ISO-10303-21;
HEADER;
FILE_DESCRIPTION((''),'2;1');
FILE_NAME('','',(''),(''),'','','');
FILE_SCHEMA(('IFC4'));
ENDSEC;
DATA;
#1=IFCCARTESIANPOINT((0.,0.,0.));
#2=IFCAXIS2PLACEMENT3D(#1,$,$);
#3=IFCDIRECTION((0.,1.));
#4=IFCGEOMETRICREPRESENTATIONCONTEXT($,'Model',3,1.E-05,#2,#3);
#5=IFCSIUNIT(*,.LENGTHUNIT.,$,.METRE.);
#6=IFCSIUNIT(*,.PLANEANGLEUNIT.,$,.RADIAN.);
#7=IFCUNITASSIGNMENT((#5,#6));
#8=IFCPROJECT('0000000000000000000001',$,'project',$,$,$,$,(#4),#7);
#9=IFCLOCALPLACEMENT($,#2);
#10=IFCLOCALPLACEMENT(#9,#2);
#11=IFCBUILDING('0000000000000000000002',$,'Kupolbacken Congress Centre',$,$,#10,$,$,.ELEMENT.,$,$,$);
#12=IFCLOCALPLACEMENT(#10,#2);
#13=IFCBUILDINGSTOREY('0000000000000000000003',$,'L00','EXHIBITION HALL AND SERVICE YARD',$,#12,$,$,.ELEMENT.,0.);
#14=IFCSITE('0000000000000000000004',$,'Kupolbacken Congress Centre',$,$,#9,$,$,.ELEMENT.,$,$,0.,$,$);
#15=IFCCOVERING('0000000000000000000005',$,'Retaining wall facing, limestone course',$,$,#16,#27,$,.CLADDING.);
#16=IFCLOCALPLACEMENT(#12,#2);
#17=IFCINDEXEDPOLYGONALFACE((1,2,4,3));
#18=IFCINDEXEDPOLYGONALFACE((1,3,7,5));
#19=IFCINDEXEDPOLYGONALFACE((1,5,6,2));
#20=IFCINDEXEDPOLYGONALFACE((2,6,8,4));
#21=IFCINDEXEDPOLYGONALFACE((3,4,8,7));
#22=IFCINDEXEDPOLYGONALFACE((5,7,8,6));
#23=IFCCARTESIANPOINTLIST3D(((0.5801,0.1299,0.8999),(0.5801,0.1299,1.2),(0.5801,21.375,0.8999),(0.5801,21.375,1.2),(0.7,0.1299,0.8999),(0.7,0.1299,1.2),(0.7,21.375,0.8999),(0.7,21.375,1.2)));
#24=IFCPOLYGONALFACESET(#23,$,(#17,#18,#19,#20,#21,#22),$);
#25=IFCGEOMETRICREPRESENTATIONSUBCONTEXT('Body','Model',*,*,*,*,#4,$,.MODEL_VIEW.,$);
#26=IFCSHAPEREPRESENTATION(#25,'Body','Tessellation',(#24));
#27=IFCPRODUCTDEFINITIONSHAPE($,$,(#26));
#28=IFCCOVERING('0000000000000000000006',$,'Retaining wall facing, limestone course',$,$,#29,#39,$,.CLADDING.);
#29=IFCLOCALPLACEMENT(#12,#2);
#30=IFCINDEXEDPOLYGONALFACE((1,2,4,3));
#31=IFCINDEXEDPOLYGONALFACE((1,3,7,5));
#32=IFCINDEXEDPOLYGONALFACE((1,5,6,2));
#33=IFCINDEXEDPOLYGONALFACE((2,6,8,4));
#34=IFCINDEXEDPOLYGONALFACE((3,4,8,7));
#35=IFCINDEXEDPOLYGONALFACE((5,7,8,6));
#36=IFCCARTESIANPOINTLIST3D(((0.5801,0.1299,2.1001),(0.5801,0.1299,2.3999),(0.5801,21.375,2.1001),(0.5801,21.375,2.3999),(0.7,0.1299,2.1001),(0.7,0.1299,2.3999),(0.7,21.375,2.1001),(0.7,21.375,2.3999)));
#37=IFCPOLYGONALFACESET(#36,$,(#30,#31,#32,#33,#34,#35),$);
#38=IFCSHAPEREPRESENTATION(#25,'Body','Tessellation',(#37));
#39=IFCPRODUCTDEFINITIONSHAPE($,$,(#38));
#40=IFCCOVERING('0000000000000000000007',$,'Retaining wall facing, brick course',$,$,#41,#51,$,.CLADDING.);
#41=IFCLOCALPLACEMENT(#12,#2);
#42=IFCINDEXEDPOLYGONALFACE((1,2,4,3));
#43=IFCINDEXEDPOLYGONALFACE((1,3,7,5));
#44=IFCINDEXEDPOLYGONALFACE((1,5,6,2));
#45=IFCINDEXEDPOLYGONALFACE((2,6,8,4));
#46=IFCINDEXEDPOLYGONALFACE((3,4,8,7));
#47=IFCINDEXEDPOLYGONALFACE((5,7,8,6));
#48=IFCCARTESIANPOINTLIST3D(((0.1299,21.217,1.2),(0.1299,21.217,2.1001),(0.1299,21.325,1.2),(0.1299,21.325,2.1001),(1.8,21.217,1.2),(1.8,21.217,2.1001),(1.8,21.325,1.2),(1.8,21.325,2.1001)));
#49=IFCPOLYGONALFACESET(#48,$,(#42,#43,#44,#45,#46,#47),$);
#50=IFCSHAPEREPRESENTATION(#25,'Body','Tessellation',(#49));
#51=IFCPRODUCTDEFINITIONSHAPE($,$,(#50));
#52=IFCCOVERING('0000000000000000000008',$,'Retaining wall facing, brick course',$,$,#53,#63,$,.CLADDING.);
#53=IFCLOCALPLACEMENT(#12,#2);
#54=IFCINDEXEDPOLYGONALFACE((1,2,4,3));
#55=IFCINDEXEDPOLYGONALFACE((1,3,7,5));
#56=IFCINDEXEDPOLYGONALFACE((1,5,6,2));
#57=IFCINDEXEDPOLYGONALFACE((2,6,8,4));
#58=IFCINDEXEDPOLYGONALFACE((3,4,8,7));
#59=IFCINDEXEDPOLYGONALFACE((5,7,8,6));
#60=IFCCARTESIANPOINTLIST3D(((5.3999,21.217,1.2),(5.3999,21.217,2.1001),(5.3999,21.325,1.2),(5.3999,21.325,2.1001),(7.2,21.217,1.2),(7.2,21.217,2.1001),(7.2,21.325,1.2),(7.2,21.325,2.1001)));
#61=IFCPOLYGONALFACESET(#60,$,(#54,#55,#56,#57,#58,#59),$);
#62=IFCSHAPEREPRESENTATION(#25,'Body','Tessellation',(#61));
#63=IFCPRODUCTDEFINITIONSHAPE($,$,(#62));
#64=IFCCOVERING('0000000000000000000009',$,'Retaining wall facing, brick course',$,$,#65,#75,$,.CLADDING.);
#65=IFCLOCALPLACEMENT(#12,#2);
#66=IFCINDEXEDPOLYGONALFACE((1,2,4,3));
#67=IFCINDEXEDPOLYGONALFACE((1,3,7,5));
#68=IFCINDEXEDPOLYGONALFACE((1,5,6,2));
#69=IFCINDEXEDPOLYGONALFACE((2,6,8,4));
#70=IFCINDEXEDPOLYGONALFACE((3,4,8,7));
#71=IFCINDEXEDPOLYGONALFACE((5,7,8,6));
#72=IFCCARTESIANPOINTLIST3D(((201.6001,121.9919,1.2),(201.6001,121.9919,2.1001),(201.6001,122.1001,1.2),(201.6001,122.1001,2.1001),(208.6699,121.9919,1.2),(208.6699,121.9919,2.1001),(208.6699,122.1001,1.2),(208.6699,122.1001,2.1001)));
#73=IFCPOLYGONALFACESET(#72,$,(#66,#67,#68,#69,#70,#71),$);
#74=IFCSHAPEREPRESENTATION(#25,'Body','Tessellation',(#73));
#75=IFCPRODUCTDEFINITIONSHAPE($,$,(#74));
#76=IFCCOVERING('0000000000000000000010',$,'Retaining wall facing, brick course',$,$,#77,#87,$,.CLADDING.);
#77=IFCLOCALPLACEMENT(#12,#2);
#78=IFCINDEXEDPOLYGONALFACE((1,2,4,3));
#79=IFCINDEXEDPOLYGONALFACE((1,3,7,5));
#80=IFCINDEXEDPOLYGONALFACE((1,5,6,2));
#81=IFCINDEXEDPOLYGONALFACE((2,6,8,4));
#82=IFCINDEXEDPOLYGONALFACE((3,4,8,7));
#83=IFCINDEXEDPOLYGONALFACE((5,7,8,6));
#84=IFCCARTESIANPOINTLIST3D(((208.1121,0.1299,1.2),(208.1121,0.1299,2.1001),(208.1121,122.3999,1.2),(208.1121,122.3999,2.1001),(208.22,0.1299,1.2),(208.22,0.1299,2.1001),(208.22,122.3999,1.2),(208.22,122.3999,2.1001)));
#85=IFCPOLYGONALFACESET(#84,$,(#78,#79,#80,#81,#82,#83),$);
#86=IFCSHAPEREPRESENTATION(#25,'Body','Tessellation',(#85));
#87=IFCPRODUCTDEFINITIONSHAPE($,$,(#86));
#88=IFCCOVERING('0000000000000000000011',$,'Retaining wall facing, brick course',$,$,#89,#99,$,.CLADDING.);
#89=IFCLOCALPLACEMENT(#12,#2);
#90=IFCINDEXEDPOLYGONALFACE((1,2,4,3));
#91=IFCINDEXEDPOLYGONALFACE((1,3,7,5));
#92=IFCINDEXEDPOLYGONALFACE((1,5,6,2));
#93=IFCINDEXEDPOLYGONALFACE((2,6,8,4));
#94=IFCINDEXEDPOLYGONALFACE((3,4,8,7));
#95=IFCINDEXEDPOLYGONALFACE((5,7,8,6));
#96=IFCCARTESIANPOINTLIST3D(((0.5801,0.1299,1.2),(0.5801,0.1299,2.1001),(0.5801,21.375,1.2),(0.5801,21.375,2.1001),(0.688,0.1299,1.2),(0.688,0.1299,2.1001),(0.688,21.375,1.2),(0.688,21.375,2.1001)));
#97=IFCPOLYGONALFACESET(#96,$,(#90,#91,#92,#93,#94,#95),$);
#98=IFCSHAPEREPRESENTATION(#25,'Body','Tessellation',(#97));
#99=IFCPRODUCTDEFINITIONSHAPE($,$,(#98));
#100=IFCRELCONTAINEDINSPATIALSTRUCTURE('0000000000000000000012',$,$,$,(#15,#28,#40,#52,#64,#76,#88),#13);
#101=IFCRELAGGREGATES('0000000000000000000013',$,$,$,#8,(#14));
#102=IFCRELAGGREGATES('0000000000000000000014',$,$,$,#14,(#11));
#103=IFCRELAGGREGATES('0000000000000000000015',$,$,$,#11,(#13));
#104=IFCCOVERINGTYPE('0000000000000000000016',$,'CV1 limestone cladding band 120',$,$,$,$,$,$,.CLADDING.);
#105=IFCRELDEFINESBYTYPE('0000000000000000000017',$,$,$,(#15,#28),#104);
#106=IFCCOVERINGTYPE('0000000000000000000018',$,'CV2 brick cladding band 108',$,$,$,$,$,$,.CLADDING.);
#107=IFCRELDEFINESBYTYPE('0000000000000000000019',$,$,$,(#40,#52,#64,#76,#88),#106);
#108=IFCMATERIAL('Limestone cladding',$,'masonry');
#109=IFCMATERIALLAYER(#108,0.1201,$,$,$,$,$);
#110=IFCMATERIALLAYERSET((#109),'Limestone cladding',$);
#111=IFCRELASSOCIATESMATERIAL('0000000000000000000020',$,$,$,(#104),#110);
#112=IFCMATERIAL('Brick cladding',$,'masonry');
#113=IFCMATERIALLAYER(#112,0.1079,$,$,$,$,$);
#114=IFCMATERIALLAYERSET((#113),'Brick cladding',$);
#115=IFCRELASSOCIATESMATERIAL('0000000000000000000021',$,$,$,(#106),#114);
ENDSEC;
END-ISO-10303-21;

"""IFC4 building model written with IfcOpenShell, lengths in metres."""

from ifc_helpers import new_model, si_unit, direction, frame, origin, place, context, subcontext, project, spatial, polyline, outline, extrude, material, layer, layer_set, type_object, element, save


model = new_model("IFC4")

# Units and contexts
model_context = context("Model", 3, precision=1e-05, world=origin(), true_north=direction((0.0, 1.0)))
body_context = subcontext(model_context, "Body", "Model", "MODEL_VIEW")
ifc_project = project(units=[si_unit("LENGTHUNIT", "METRE"), si_unit("PLANEANGLEUNIT", "RADIAN")], contexts=[model_context])

# Site, building, storey
site_placement = place(None, origin())
site = spatial("IfcSite", under=ifc_project, at=site_placement, Name="Kupolbacken Congress Centre", CompositionType="ELEMENT", RefElevation=0.0)
building_placement = place(site_placement, origin())
building = spatial("IfcBuilding", under=site, at=building_placement, Name="Kupolbacken Congress Centre", CompositionType="ELEMENT")
storey_placement = place(building_placement, origin())
storey = spatial("IfcBuildingStorey", under=building, at=storey_placement, Name="L00", Description="EXHIBITION HALL AND SERVICE YARD", CompositionType="ELEMENT", Elevation=0.0)

# Coverings
ifc_material_1 = material(Name="Limestone cladding", Category="masonry")
ifc_layer_1 = layer(ifc_material_1, 0.1201)
ifc_layer_set_1 = layer_set([ifc_layer_1], Name="Limestone cladding")
covering_type_1 = type_object("IfcCoveringType", Name="CV1 limestone cladding band 120", PredefinedType="CLADDING", material=ifc_layer_set_1)
covering_1_placement = place(storey_placement, frame((0.0, 0.0, 0.8999)))
element("IfcCovering", 1, at=covering_1_placement, inside=storey, type_object=covering_type_1, Name="Retaining wall facing, limestone course", PredefinedType="CLADDING", context=body_context, shape_type="SweptSolid", body=[
    extrude(outline(polyline([(0.7, 0.1299), (0.5801, 0.1299), (0.5801, 21.375), (0.7, 21.375), (0.7, 0.1299)])), origin(), (0.0, 0.0, 1.0), 0.3),
])
covering_2_placement = place(storey_placement, frame((0.0, 0.0, 2.1001)))
element("IfcCovering", 2, at=covering_2_placement, inside=storey, type_object=covering_type_1, Name="Retaining wall facing, limestone course", PredefinedType="CLADDING", context=body_context, shape_type="SweptSolid", body=[
    extrude(outline(polyline([(0.7, 0.1299), (0.5801, 0.1299), (0.5801, 21.375), (0.7, 21.375), (0.7, 0.1299)])), origin(), (0.0, 0.0, 1.0), 0.2998),
])
ifc_material_2 = material(Name="Brick cladding", Category="masonry")
ifc_layer_2 = layer(ifc_material_2, 0.1079)
ifc_layer_set_2 = layer_set([ifc_layer_2], Name="Brick cladding")
covering_type_2 = type_object("IfcCoveringType", Name="CV2 brick cladding band 108", PredefinedType="CLADDING", material=ifc_layer_set_2)
covering_3_placement = place(storey_placement, frame((0.0, 0.0, 1.2)))
element("IfcCovering", 3, at=covering_3_placement, inside=storey, type_object=covering_type_2, Name="Retaining wall facing, brick course", PredefinedType="CLADDING", context=body_context, shape_type="SweptSolid", body=[
    extrude(outline(polyline([(0.1299, 21.217), (0.1299, 21.325), (1.8, 21.325), (1.8, 21.217), (0.1299, 21.217)])), origin(), (0.0, 0.0, 1.0), 0.9001),
])
covering_4_placement = place(storey_placement, frame((0.0, 0.0, 1.2)))
element("IfcCovering", 4, at=covering_4_placement, inside=storey, type_object=covering_type_2, Name="Retaining wall facing, brick course", PredefinedType="CLADDING", context=body_context, shape_type="SweptSolid", body=[
    extrude(outline(polyline([(5.3999, 21.217), (5.3999, 21.325), (7.2, 21.325), (7.2, 21.217), (5.3999, 21.217)])), origin(), (0.0, 0.0, 1.0), 0.9001),
])
covering_5_placement = place(storey_placement, frame((0.0, 0.0, 1.2)))
element("IfcCovering", 5, at=covering_5_placement, inside=storey, type_object=covering_type_2, Name="Retaining wall facing, brick course", PredefinedType="CLADDING", context=body_context, shape_type="SweptSolid", body=[
    extrude(outline(polyline([(201.6001, 121.9919), (201.6001, 122.1001), (208.6699, 122.1001), (208.6699, 121.9919), (201.6001, 121.9919)])), origin(), (0.0, 0.0, 1.0), 0.9001),
])
covering_6_placement = place(storey_placement, frame((0.0, 0.0, 1.2)))
element("IfcCovering", 6, at=covering_6_placement, inside=storey, type_object=covering_type_2, Name="Retaining wall facing, brick course", PredefinedType="CLADDING", context=body_context, shape_type="SweptSolid", body=[
    extrude(outline(polyline([(208.22, 0.1299), (208.1121, 0.1299), (208.1121, 122.3999), (208.22, 122.3999), (208.22, 0.1299)])), origin(), (0.0, 0.0, 1.0), 0.9001),
])
covering_7_placement = place(storey_placement, frame((0.0, 0.0, 1.2)))
element("IfcCovering", 7, at=covering_7_placement, inside=storey, type_object=covering_type_2, Name="Retaining wall facing, brick course", PredefinedType="CLADDING", context=body_context, shape_type="SweptSolid", body=[
    extrude(outline(polyline([(0.688, 0.1299), (0.5801, 0.1299), (0.5801, 21.375), (0.688, 21.375), (0.688, 0.1299)])), origin(), (0.0, 0.0, 1.0), 0.9001),
])

save(model, "model.ifc")
